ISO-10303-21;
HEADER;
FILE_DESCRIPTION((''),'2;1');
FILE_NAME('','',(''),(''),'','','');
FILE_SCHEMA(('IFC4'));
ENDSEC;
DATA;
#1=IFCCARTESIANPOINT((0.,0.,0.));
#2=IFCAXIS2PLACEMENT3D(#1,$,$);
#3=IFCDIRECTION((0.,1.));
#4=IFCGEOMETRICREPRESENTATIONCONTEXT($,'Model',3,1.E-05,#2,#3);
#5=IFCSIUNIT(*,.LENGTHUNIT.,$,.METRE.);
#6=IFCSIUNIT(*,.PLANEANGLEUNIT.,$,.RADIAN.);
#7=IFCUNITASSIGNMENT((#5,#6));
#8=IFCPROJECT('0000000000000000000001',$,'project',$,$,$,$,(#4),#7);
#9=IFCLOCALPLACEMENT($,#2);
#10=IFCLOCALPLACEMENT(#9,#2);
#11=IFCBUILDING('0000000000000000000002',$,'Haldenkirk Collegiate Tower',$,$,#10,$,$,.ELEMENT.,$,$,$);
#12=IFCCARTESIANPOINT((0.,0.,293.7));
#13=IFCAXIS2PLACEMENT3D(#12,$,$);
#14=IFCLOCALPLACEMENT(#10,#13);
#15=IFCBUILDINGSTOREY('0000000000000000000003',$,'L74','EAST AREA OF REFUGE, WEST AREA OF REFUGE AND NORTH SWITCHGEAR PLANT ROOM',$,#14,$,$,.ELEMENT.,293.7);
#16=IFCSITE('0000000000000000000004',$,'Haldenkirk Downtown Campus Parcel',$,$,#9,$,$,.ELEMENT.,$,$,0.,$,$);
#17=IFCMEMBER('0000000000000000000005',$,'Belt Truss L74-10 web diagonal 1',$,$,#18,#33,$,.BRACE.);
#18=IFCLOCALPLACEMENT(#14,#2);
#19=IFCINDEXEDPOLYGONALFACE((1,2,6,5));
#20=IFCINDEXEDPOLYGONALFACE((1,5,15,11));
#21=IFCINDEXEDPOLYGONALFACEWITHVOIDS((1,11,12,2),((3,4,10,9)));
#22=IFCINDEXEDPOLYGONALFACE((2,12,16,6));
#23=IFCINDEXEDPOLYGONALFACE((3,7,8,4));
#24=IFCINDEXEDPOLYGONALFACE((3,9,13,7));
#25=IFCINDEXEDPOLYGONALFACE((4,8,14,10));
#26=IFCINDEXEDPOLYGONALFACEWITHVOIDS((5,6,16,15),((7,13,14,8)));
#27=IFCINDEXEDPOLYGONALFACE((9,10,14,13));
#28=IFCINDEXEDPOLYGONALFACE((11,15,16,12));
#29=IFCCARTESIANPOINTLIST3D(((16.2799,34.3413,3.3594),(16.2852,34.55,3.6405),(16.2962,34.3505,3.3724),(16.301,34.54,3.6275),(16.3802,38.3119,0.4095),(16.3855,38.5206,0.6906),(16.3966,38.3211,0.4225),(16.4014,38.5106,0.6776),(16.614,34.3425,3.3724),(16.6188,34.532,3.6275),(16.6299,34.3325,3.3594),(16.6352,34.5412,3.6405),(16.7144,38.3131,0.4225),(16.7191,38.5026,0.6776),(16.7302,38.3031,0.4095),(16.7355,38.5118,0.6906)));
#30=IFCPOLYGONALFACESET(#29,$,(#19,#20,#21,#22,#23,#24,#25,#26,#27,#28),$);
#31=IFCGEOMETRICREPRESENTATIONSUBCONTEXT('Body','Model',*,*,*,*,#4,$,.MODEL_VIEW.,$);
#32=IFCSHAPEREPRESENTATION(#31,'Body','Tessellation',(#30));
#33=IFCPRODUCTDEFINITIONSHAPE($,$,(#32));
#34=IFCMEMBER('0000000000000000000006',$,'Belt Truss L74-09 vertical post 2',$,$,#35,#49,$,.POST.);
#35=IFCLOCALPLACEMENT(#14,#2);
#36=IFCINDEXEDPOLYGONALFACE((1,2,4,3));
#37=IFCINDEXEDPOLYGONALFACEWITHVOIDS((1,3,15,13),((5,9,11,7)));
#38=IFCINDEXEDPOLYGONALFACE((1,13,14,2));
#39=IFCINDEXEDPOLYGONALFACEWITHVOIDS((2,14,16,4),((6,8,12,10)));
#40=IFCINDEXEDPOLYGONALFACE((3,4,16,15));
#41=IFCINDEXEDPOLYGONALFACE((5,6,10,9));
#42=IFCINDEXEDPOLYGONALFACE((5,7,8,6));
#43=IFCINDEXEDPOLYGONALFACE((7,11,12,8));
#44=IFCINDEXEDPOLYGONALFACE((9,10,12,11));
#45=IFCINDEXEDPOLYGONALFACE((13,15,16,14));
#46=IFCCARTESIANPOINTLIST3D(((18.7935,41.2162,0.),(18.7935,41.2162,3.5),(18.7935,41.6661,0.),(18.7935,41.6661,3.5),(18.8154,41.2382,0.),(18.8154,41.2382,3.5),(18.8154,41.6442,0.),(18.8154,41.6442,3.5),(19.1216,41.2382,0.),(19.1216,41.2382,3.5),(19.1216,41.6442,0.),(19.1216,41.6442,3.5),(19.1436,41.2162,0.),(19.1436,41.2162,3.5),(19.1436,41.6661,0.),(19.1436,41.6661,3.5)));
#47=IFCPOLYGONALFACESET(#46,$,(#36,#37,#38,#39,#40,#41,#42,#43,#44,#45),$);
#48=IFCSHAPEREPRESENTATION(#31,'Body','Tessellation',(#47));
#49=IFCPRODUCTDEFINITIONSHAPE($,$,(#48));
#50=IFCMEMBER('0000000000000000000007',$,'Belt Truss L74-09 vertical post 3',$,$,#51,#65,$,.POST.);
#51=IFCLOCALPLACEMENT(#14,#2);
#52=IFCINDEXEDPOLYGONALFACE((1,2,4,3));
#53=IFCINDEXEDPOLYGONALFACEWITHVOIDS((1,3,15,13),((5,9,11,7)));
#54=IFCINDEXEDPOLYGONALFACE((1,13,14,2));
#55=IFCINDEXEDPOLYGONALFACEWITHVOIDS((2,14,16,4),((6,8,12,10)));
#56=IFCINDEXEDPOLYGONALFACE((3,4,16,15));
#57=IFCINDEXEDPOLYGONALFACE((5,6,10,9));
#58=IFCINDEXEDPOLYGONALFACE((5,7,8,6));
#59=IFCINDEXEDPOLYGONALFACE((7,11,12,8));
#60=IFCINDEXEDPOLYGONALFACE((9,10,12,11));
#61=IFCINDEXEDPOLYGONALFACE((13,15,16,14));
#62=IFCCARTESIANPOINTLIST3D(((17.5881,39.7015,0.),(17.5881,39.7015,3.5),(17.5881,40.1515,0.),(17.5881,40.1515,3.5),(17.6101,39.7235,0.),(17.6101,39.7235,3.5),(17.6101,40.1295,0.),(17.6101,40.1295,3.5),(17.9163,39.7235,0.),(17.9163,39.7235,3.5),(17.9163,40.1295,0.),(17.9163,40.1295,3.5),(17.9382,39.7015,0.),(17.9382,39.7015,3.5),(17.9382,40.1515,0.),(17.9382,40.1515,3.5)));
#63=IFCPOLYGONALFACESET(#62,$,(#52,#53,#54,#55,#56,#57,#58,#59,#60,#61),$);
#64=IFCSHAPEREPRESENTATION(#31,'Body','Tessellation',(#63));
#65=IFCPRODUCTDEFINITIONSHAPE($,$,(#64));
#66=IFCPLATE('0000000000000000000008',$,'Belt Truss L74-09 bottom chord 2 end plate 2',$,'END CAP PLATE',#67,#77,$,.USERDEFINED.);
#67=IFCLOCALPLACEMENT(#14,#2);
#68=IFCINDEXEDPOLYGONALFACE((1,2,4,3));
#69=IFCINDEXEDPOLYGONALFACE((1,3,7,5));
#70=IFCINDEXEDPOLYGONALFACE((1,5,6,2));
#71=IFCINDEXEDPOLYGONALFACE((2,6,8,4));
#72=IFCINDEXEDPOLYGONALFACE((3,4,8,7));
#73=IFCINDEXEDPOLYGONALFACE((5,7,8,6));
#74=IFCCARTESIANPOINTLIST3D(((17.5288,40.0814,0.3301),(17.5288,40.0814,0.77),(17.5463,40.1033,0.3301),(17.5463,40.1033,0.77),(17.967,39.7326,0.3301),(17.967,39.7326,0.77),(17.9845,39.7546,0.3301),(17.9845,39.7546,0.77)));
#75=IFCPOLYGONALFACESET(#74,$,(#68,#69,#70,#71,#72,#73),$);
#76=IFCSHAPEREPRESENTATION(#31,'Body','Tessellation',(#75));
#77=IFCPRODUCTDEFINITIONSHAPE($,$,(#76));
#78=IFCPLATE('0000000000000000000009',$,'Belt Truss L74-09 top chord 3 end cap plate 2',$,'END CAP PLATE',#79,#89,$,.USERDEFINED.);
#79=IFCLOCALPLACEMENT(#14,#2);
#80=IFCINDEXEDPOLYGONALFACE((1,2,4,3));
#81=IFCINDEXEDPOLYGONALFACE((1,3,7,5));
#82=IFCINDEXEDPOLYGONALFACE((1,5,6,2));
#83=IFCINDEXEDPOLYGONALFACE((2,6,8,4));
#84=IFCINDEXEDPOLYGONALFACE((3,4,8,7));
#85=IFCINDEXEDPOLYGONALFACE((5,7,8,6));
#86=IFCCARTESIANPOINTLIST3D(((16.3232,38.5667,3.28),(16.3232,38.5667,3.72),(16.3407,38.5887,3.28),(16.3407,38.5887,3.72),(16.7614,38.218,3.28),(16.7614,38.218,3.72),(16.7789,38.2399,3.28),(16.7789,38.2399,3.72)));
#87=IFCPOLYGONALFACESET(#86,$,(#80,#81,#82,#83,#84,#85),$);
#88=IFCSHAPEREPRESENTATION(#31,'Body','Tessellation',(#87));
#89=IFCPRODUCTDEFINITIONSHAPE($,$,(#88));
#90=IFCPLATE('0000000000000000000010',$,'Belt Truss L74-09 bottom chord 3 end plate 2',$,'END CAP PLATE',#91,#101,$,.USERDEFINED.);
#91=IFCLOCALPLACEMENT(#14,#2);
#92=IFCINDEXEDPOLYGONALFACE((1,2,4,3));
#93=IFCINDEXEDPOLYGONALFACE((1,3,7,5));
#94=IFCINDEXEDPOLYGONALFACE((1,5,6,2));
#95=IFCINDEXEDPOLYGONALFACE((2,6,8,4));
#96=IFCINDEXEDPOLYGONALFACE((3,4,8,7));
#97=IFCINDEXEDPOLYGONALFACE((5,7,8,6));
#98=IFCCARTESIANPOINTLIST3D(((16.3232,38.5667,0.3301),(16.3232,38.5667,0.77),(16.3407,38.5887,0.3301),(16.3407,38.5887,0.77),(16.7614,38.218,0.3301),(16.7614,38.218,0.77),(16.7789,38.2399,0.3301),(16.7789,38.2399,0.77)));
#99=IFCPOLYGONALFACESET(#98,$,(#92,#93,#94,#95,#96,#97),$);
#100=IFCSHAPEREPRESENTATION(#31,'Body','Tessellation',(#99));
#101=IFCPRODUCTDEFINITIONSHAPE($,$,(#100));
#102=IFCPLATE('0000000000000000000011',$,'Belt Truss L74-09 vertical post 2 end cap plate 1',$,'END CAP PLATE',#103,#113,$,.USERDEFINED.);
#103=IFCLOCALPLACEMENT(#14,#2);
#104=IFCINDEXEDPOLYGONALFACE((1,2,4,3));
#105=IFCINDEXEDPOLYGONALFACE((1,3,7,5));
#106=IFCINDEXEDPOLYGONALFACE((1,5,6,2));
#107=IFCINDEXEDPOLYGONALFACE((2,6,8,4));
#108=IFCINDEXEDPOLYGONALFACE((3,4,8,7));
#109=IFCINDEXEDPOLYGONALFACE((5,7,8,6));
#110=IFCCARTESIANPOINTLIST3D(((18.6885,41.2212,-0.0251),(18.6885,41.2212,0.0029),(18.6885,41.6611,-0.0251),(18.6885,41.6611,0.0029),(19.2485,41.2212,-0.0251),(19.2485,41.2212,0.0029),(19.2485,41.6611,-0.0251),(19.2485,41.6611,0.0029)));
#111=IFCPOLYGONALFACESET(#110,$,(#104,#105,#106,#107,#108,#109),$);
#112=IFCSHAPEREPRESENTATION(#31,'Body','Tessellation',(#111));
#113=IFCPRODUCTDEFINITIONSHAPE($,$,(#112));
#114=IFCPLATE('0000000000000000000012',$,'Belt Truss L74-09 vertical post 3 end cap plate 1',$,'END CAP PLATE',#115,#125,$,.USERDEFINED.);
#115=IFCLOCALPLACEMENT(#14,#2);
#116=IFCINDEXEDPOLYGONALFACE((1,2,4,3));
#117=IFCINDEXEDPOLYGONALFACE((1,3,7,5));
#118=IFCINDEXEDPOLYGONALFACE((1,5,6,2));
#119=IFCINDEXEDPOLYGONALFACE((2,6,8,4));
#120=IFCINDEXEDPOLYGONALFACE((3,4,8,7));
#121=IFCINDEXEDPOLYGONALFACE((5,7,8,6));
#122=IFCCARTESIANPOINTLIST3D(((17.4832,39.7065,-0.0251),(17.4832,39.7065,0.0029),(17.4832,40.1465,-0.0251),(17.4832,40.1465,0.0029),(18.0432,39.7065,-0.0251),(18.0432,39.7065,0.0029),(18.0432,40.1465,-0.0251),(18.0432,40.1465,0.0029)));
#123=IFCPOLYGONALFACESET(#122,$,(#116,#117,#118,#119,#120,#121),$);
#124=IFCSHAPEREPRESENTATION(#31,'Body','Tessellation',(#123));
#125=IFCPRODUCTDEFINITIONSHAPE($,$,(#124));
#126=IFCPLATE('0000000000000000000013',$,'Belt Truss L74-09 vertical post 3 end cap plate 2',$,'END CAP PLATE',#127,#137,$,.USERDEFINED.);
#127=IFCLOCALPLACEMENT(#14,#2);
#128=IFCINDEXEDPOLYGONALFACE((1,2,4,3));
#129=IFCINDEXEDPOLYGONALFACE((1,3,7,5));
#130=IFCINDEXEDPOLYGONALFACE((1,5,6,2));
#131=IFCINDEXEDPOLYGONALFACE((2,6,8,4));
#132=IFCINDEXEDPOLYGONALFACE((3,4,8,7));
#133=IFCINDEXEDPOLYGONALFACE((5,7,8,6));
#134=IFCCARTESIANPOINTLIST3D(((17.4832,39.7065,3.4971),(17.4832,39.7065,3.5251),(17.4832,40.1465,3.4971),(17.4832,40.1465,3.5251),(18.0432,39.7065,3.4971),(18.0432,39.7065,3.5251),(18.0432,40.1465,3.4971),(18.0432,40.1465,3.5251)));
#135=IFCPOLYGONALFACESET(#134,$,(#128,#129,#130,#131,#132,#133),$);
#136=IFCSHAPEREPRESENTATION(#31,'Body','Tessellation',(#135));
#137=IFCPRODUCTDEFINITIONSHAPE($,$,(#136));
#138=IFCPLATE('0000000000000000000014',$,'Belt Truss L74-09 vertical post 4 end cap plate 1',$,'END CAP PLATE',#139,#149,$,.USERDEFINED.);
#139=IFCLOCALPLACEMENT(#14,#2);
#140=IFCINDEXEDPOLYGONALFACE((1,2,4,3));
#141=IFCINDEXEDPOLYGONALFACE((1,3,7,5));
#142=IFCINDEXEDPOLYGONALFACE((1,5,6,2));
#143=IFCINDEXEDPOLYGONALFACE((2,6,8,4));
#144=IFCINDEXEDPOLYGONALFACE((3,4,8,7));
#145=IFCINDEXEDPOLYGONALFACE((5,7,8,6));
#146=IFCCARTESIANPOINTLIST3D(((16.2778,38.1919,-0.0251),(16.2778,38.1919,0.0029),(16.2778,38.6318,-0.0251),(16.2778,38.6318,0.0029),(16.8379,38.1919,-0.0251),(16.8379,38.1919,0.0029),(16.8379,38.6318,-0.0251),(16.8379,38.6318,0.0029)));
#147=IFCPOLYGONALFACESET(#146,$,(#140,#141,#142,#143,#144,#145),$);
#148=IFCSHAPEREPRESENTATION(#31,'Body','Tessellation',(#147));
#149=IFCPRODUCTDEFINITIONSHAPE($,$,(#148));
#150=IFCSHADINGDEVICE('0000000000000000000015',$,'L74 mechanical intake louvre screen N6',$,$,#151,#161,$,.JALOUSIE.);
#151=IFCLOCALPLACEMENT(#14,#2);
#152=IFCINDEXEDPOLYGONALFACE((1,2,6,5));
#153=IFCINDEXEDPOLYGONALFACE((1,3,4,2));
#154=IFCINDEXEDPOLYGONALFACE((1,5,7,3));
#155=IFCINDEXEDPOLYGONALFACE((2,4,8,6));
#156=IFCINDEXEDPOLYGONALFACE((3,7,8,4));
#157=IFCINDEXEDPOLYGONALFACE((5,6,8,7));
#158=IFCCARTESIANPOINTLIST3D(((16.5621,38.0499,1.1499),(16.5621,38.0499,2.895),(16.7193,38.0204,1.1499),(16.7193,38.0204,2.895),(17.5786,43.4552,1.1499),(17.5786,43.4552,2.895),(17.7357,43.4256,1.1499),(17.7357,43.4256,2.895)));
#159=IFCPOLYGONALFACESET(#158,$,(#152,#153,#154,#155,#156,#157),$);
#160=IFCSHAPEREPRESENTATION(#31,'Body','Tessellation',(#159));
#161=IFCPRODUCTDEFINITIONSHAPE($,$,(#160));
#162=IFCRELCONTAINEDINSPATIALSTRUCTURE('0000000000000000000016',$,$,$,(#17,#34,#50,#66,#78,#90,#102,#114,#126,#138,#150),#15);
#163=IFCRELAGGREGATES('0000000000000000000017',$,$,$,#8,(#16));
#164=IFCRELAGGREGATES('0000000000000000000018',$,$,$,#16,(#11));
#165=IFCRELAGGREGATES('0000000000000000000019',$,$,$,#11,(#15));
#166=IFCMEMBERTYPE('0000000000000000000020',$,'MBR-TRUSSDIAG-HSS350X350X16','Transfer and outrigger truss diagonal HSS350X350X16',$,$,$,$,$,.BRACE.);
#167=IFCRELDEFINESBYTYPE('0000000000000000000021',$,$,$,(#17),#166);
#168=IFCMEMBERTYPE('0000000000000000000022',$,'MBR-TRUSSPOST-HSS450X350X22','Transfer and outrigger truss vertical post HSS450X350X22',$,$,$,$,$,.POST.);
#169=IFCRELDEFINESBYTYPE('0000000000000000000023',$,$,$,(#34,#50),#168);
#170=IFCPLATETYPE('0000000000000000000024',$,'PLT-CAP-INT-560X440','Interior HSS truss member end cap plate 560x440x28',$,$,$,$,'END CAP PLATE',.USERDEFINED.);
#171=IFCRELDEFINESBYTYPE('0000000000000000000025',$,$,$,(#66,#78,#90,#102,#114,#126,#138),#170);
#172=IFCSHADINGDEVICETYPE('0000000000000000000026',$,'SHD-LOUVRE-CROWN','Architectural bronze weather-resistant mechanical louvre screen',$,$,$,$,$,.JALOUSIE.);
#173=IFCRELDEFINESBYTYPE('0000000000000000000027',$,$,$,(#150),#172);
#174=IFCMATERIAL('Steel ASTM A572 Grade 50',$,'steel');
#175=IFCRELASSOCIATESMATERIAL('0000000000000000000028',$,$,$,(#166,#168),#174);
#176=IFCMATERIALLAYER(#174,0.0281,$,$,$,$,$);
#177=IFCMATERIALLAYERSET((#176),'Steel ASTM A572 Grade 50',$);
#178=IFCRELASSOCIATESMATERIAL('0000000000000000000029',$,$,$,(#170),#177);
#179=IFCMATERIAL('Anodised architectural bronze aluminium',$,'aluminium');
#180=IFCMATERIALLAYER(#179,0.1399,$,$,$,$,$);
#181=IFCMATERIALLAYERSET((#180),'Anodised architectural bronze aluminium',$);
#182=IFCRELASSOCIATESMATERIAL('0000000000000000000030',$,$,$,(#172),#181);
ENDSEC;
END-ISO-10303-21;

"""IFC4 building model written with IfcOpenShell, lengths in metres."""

from ifc_helpers import new_model, si_unit, direction, frame, origin, origin_2d, place, context, subcontext, project, spatial, rectangle, hollow_rectangle, extrude, source, transform, mapped, material, layer, layer_set, material_profile, profile_set, type_object, element, save


model = new_model("IFC4")

# Units and contexts
model_context = context("Model", 3, precision=1e-05, world=origin(), true_north=direction((0.0, 1.0)))
body_context = subcontext(model_context, "Body", "Model", "MODEL_VIEW")
ifc_project = project(units=[si_unit("LENGTHUNIT", "METRE"), si_unit("PLANEANGLEUNIT", "RADIAN")], contexts=[model_context])

# Site, building, storey
site_placement = place(None, origin())
site = spatial("IfcSite", under=ifc_project, at=site_placement, Name="Haldenkirk Downtown Campus Parcel", CompositionType="ELEMENT", RefElevation=0.0)
building_placement = place(site_placement, origin())
building = spatial("IfcBuilding", under=site, at=building_placement, Name="Haldenkirk Collegiate Tower", CompositionType="ELEMENT")
storey_placement = place(building_placement, frame((0.0, 0.0, 293.7)))
storey = spatial("IfcBuildingStorey", under=building, at=storey_placement, Name="L74", Description="EAST AREA OF REFUGE, WEST AREA OF REFUGE AND NORTH SWITCHGEAR PLANT ROOM", CompositionType="ELEMENT", Elevation=293.7)

# Members
ifc_material_1 = material(Name="Steel ASTM A572 Grade 50", Category="steel")
ifc_material_profile_1 = material_profile(ifc_material_1, hollow_rectangle(XDim=0.3501, YDim=0.3501, WallThickness=0.0161, at=origin_2d()), Name="HSS350X350X16")
ifc_profile_set_1 = profile_set([ifc_material_profile_1], Name="Steel ASTM A572 Grade 50")
member_type_1 = type_object("IfcMemberType", Name="MBR-TRUSSDIAG-HSS350X350X16", Description="Transfer and outrigger truss diagonal HSS350X350X16", PredefinedType="BRACE", material=ifc_profile_set_1)
member_1_placement = place(storey_placement, frame((16.5579, 38.4119, 0.55), z_axis=(-0.020281, -0.802551, 0.596239), x_axis=(0.999681, -0.025262, 0.0)))
element("IfcMember", 1, at=member_1_placement, inside=storey, type_object=member_type_1, Name="Belt Truss L74-10 web diagonal 1", PredefinedType="BRACE", context=body_context, shape_type="SweptSolid", body=[
    extrude(hollow_rectangle(XDim=0.3501, YDim=0.3501, WallThickness=0.0161, at=origin_2d()), origin(), (0.0, 0.0, 1.0), 4.9475),
])
ifc_material_profile_2 = material_profile(ifc_material_1, hollow_rectangle(XDim=0.3501, YDim=0.45, WallThickness=0.022, at=origin_2d()), Name="HSS450X350X22")
ifc_profile_set_2 = profile_set([ifc_material_profile_2], Name="Steel ASTM A572 Grade 50")
member_type_2 = type_object("IfcMemberType", Name="MBR-TRUSSPOST-HSS450X350X22", Description="Transfer and outrigger truss vertical post HSS450X350X22", PredefinedType="POST", material=ifc_profile_set_2)
for number, where, z_axis, x_axis, name in (
    (2, (18.9685, 41.4412, 0.0), (0.0, 0.0, 1.0), (1.0, 0.0, 0.0), "Belt Truss L74-09 vertical post 2"),
    (3, (17.7632, 39.9265, 0.0), (0.0, 0.0, 1.0), (1.0, 0.0, 0.0), "Belt Truss L74-09 vertical post 3"),
):
    element("IfcMember", number, at=place(storey_placement, frame(where, z_axis=z_axis, x_axis=x_axis)), inside=storey, type_object=member_type_2, Name=name, PredefinedType="POST", context=body_context, shape_type="SweptSolid", body=[
        extrude(hollow_rectangle(XDim=0.3501, YDim=0.45, WallThickness=0.022, at=origin_2d()), origin(), (0.0, 0.0, 1.0), 3.5),
    ])

# Plates
ifc_layer_1 = layer(ifc_material_1, 0.0281)
ifc_layer_set_1 = layer_set([ifc_layer_1], Name="Steel ASTM A572 Grade 50")
plate_type = type_object("IfcPlateType", Name="PLT-CAP-INT-560X440", Description="Interior HSS truss member end cap plate 560x440x28", ElementType="END CAP PLATE", PredefinedType="USERDEFINED", material=ifc_layer_set_1)
shared_shape_1 = source(origin(), body_context, "Body", "SweptSolid", [
    extrude(rectangle(XDim=0.5601, YDim=0.4399, at=origin_2d()), origin(), (0.0, 0.0, 1.0), 0.0281),
])
for number, where, z_axis, x_axis, name in (
    (4, (17.7654, 39.929, 0.55), (-0.622688, -0.782471, 0.0), (0.782471, -0.622688, 0.0), "Belt Truss L74-09 bottom chord 2 end plate 2"),
    (5, (16.5598, 38.4143, 3.5), (-0.62269, -0.782469, 0.0), (0.782469, -0.62269, 0.0), "Belt Truss L74-09 top chord 3 end cap plate 2"),
    (6, (16.5598, 38.4143, 0.55), (-0.622688, -0.782471, 0.0), (0.782471, -0.622688, 0.0), "Belt Truss L74-09 bottom chord 3 end plate 2"),
    (7, (18.9685, 41.4412, 0.0029), (0.0, 0.0, -1.0), (1.0, 0.0, 0.0), "Belt Truss L74-09 vertical post 2 end cap plate 1"),
    (8, (17.7632, 39.9265, 0.0029), (0.0, 0.0, -1.0), (1.0, 0.0, 0.0), "Belt Truss L74-09 vertical post 3 end cap plate 1"),
    (9, (17.7632, 39.9265, 3.4971), (0.0, 0.0, 1.0), (1.0, 0.0, 0.0), "Belt Truss L74-09 vertical post 3 end cap plate 2"),
    (10, (16.5579, 38.4119, 0.0029), (0.0, 0.0, -1.0), (1.0, 0.0, 0.0), "Belt Truss L74-09 vertical post 4 end cap plate 1"),
):
    element("IfcPlate", number, at=place(storey_placement, frame(where, z_axis=z_axis, x_axis=x_axis)), inside=storey, type_object=plate_type, Name=name, ObjectType="END CAP PLATE", PredefinedType="USERDEFINED", context=body_context, shape_type="MappedRepresentation", body=[
        mapped(shared_shape_1, transform((0.0, 0.0, 0.0), x_axis=(1.0, 0.0, 0.0), y_axis=(0.0, 1.0, 0.0), z_axis=(0.0, 0.0, 1.0), scale=1.0)),
    ])

# Shading device
ifc_material_2 = material(Name="Anodised architectural bronze aluminium", Category="aluminium")
ifc_layer_2 = layer(ifc_material_2, 0.1399)
ifc_layer_set_2 = layer_set([ifc_layer_2], Name="Anodised architectural bronze aluminium")
shading_device_type = type_object("IfcShadingDeviceType", Name="SHD-LOUVRE-CROWN", Description="Architectural bronze weather-resistant mechanical louvre screen", PredefinedType="JALOUSIE", material=ifc_layer_set_2)
shared_shape_2 = source(origin(), body_context, "Body", "SweptSolid", [
    extrude(rectangle(XDim=5.5, YDim=0.1599, at=origin_2d()), origin(), (0.0, 0.0, 1.0), 1.7451),
])
shading_device_placement = place(storey_placement, frame((17.1489, 40.7378, 1.1499), z_axis=(0.0, 0.0, 1.0), x_axis=(0.184809, 0.982774, 0.0)))
element("IfcShadingDevice", 11, at=shading_device_placement, inside=storey, type_object=shading_device_type, Name="L74 mechanical intake louvre screen N6", PredefinedType="JALOUSIE", context=body_context, shape_type="MappedRepresentation", body=[
    mapped(shared_shape_2, transform((0.0, 0.0, 0.0), x_axis=(1.0, 0.0, 0.0), y_axis=(0.0, 1.0, 0.0), z_axis=(0.0, 0.0, 1.0), scale=1.0)),
])

save(model, "model.ifc")
